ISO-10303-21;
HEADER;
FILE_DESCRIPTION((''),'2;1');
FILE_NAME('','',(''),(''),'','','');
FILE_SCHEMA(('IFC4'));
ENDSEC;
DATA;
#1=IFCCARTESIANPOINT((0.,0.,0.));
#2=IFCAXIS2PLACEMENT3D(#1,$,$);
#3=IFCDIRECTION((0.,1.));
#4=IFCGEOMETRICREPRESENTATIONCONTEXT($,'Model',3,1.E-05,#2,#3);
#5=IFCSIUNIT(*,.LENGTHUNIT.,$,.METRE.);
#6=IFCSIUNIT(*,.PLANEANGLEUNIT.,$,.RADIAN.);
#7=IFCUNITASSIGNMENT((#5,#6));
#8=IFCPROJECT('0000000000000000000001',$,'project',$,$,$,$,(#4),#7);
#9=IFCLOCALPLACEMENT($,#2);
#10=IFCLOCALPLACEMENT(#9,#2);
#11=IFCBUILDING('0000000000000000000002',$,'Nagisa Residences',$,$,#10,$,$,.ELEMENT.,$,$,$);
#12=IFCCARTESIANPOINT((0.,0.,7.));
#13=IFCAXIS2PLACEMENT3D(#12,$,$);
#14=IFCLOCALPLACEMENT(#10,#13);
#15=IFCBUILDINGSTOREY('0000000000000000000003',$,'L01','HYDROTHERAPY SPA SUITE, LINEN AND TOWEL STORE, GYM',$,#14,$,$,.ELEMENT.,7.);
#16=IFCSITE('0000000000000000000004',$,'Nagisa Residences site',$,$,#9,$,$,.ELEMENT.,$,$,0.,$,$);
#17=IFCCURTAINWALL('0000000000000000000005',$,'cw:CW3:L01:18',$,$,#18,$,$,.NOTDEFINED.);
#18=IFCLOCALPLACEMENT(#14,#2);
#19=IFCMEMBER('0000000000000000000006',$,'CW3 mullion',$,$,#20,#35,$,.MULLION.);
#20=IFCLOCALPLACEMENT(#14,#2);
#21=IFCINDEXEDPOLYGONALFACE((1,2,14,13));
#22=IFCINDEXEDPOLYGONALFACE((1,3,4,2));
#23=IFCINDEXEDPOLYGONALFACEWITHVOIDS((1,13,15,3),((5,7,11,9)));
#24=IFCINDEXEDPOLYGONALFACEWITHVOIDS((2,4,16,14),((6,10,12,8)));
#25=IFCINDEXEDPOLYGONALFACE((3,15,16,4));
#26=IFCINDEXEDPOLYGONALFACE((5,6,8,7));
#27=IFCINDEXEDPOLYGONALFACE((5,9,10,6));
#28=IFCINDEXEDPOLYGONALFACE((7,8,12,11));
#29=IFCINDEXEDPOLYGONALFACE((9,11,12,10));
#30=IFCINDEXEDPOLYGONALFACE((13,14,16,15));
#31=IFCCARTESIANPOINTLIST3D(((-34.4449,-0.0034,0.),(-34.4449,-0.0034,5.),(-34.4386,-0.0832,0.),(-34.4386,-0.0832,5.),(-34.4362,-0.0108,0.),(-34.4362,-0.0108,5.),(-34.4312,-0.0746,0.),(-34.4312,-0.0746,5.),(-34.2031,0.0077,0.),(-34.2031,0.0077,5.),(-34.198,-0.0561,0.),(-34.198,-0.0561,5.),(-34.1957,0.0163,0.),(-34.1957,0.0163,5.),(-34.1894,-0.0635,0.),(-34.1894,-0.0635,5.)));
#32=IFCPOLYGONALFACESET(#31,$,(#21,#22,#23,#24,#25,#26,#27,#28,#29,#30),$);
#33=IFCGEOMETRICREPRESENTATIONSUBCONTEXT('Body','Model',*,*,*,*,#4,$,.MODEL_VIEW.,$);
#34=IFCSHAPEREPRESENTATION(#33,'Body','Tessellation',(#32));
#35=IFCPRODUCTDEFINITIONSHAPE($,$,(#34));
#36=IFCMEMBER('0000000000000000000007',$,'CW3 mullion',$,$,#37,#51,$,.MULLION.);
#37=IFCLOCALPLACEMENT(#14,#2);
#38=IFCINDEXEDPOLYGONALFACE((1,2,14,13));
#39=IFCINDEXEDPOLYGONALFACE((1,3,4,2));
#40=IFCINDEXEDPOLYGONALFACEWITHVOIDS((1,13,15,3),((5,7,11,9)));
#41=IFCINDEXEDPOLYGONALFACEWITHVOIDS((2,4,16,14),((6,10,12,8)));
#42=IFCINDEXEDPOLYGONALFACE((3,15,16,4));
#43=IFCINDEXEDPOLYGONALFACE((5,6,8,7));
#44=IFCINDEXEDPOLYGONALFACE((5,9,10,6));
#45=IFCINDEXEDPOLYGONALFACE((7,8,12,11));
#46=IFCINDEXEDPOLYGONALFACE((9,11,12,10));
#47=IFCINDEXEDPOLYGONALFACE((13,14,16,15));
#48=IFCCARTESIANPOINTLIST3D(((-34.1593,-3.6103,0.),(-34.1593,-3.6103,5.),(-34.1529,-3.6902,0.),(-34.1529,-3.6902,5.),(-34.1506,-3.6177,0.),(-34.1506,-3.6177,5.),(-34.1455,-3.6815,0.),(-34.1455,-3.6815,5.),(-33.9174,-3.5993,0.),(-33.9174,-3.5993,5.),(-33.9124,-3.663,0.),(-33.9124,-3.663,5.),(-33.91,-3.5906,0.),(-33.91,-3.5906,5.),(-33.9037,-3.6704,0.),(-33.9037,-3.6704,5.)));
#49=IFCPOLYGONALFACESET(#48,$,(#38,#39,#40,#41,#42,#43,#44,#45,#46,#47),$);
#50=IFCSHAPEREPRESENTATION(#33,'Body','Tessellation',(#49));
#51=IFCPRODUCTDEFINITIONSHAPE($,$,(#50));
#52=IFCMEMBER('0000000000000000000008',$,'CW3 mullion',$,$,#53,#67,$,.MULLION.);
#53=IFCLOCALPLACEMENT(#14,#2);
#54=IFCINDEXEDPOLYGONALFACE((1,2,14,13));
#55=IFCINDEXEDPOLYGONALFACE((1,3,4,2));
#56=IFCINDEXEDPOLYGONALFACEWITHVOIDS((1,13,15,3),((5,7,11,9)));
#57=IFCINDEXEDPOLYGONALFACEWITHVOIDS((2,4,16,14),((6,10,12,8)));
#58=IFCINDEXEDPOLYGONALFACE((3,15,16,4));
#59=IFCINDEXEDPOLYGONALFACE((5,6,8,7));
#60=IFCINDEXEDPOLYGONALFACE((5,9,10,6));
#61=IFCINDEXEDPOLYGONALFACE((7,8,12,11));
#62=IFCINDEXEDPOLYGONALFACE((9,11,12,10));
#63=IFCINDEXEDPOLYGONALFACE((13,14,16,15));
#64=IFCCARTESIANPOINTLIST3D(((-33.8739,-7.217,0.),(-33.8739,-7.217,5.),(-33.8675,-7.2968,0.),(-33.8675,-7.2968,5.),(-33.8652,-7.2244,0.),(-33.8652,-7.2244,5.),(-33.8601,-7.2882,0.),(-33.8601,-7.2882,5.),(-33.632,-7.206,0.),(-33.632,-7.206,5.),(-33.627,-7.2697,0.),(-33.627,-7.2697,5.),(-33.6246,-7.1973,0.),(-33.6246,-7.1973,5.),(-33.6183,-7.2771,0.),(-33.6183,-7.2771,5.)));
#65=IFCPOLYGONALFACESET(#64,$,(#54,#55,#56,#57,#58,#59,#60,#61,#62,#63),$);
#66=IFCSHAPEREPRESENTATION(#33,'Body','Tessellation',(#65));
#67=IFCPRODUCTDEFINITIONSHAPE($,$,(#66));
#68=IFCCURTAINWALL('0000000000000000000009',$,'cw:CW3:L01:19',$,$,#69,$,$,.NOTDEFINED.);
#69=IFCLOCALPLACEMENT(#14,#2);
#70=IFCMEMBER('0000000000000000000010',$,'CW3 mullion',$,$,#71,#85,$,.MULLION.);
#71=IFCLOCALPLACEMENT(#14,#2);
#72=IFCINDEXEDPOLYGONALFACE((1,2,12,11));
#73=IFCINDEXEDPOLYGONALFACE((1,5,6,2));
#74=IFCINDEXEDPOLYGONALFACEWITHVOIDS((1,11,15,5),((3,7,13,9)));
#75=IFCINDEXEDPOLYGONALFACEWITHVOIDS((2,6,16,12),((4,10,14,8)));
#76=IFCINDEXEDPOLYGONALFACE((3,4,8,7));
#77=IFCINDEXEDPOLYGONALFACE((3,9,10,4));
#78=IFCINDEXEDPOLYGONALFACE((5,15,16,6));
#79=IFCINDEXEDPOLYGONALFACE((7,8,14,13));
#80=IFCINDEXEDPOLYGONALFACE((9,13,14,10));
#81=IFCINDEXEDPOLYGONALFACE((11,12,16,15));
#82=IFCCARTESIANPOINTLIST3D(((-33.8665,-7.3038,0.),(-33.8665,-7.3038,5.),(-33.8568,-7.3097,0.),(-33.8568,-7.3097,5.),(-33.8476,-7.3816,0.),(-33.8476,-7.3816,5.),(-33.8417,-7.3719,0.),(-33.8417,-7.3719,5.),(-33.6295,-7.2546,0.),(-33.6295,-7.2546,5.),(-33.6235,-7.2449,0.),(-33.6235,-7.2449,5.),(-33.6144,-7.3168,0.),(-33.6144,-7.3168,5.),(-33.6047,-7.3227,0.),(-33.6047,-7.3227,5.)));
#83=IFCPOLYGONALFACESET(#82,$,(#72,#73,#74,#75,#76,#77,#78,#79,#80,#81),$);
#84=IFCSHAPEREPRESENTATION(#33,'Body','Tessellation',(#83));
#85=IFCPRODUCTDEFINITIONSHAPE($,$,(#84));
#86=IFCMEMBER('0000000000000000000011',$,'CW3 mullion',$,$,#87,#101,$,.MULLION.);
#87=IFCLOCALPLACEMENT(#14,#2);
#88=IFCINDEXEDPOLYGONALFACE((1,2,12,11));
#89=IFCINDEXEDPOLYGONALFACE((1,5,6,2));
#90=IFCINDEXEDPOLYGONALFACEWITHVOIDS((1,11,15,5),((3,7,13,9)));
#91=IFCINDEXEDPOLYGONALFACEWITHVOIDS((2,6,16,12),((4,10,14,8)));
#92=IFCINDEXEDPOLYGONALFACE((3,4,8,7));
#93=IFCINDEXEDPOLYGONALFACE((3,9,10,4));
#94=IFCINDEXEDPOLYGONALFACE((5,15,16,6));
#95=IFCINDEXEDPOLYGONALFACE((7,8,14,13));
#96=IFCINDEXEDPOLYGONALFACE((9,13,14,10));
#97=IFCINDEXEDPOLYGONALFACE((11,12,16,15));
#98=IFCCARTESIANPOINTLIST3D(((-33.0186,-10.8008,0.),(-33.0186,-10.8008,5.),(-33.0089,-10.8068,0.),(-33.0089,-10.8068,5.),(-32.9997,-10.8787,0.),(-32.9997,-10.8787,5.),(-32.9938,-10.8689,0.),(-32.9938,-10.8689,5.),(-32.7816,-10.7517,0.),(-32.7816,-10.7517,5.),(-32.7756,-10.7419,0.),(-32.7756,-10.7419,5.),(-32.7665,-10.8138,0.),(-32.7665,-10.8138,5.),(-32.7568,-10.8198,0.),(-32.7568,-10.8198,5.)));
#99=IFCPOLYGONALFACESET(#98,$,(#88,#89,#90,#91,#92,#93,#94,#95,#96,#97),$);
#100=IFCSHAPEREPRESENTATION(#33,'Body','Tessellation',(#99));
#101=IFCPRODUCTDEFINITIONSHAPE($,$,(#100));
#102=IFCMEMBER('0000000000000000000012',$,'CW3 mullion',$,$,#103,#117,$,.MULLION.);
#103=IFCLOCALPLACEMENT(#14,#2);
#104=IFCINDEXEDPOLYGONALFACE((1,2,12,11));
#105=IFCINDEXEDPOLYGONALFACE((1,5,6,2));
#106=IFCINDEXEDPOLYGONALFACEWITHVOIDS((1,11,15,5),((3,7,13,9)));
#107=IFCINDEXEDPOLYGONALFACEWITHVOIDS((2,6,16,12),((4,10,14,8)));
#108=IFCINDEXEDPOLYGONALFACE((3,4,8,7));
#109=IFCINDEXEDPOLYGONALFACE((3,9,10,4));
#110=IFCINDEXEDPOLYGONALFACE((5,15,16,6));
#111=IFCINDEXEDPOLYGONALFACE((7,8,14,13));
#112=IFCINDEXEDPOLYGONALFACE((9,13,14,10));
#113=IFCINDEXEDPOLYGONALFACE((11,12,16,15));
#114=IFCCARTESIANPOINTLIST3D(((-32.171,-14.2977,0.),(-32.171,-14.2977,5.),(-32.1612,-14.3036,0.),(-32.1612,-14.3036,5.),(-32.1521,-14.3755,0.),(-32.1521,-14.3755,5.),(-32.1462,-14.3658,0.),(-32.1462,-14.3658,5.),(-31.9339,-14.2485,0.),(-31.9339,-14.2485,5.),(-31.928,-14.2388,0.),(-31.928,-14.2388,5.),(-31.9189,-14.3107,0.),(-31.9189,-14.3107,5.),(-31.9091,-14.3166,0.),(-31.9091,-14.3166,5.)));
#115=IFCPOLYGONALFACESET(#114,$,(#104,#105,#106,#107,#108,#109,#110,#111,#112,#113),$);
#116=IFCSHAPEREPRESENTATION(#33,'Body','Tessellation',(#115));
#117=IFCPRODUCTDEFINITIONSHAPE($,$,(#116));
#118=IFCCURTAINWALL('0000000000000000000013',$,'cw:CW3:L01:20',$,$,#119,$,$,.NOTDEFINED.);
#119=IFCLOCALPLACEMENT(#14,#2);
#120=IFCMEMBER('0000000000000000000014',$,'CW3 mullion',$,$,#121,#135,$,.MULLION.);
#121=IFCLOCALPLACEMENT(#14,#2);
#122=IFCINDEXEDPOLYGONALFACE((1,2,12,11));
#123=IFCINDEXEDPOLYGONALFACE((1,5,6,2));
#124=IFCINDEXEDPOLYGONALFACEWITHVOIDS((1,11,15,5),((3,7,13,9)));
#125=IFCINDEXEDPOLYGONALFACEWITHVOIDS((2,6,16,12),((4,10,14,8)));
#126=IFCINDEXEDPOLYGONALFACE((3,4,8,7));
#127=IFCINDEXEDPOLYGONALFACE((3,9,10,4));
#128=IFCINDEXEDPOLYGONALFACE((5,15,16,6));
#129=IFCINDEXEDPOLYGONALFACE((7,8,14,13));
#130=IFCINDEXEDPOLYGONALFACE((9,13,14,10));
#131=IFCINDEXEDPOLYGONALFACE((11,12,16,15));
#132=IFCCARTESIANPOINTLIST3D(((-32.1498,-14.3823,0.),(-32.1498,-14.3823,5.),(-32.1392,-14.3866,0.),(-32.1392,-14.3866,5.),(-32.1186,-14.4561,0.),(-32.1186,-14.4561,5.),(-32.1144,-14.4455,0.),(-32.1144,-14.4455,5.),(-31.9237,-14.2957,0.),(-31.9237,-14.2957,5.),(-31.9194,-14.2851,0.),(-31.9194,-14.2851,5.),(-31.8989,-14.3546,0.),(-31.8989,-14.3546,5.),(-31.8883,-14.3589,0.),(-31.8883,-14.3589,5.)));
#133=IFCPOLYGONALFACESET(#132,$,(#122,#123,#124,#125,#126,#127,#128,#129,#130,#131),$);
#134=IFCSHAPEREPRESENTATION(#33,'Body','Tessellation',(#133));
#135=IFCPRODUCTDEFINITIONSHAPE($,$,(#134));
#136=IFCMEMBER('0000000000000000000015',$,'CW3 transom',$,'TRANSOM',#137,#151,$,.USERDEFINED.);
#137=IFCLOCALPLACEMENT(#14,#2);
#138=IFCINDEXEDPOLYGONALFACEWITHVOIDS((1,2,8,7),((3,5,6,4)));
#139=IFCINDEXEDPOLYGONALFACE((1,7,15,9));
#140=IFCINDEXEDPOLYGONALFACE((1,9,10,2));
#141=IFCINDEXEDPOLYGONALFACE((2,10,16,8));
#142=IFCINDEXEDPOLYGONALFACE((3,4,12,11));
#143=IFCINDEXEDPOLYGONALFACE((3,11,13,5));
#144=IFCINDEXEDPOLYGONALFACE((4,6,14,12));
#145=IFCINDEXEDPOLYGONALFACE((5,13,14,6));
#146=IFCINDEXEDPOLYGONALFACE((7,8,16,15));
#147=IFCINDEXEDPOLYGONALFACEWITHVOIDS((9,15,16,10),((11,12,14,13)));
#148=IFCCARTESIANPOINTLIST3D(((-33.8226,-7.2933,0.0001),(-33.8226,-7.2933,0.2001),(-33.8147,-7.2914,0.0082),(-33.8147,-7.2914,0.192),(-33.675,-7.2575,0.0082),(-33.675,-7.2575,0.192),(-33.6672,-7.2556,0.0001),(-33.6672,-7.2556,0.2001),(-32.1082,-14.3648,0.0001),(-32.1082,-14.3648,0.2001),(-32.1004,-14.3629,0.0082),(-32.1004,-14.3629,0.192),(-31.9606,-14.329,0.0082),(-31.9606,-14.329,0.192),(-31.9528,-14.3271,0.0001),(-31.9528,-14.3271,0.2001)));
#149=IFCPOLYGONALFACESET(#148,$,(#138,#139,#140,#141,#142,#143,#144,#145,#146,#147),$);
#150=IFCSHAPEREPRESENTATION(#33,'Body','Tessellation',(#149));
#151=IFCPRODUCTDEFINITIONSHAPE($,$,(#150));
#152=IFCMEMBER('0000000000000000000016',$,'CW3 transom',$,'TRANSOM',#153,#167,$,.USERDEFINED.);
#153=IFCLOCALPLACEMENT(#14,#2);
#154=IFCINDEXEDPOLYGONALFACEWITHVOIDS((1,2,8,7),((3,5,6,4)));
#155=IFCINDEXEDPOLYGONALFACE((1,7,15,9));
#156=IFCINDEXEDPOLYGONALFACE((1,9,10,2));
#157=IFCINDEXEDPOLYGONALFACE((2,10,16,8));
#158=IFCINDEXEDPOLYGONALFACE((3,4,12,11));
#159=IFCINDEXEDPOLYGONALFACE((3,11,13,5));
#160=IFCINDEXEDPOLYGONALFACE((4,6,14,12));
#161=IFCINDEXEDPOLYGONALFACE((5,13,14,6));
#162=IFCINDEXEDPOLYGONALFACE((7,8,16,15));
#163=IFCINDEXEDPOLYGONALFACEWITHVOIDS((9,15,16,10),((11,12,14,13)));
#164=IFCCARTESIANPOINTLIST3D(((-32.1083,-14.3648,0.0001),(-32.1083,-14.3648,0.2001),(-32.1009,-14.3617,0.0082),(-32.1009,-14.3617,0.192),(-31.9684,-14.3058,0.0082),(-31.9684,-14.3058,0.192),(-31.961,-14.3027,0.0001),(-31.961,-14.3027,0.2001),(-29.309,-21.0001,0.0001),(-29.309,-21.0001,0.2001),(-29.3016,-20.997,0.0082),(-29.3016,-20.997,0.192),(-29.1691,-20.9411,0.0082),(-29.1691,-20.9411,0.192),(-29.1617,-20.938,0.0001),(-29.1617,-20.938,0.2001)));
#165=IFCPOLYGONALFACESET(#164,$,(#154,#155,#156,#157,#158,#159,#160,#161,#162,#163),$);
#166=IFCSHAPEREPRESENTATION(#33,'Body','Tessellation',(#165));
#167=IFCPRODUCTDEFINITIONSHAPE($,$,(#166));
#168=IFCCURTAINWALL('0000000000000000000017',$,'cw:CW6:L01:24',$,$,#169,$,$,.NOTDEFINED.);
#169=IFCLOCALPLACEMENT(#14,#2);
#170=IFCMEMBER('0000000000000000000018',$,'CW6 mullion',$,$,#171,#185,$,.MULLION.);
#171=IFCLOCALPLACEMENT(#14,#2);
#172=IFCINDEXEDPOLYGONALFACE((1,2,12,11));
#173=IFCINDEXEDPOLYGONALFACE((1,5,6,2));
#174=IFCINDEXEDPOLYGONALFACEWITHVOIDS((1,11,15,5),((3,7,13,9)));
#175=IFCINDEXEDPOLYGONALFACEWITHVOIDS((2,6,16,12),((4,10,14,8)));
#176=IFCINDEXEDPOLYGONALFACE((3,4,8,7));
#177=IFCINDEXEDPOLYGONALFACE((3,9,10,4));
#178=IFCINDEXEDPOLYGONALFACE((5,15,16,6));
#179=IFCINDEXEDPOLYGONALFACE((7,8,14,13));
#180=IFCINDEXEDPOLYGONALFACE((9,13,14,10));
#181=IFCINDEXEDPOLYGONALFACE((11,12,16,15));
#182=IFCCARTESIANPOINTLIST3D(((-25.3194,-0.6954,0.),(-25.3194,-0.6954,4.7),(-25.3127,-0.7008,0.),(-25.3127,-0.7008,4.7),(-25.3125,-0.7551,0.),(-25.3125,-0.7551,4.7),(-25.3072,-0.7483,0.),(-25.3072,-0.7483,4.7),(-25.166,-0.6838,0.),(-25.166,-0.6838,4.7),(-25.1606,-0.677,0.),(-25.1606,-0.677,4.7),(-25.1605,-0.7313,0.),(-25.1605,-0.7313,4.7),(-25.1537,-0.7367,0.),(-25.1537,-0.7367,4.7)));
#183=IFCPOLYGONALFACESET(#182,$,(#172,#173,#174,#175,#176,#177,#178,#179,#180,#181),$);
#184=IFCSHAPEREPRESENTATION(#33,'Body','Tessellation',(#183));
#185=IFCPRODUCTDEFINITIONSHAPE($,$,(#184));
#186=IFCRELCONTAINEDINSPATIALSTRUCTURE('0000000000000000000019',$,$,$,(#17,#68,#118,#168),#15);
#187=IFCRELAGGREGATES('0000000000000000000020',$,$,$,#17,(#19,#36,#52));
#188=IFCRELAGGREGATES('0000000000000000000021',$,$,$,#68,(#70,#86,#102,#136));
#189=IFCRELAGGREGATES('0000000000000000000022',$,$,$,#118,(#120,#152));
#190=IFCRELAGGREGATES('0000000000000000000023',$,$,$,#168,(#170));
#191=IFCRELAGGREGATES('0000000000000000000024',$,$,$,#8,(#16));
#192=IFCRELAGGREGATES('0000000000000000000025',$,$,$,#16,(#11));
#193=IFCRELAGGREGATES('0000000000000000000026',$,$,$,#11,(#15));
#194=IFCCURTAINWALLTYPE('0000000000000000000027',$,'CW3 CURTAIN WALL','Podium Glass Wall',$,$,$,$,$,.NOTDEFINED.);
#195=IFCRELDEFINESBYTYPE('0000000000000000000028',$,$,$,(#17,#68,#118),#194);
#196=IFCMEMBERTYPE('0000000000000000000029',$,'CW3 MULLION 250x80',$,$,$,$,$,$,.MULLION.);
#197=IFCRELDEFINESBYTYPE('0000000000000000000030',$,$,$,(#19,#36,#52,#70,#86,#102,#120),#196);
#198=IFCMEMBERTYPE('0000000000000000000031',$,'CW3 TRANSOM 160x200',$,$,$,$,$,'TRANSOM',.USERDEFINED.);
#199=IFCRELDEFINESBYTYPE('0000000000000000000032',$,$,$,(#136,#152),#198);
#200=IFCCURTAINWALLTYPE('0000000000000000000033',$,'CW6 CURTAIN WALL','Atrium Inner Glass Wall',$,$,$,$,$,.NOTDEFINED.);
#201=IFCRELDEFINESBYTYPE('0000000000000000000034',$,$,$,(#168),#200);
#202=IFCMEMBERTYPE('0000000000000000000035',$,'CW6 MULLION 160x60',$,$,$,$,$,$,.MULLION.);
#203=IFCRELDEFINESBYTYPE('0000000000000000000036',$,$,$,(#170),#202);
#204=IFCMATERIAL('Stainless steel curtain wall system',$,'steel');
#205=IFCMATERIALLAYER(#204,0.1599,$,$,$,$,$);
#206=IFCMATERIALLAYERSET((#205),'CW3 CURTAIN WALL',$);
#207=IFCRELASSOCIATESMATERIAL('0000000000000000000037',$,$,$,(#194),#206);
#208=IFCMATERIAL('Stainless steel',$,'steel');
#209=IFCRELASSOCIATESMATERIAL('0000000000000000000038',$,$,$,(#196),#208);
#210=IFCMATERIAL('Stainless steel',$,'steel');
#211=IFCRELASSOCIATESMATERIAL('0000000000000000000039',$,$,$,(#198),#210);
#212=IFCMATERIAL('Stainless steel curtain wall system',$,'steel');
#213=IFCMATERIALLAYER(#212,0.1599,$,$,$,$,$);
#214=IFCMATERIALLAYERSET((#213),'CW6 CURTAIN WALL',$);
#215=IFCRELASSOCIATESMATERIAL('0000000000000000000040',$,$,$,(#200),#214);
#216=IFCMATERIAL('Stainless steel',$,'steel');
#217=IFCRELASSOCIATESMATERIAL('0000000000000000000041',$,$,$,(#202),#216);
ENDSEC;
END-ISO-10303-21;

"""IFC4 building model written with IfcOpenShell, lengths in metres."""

from ifc_helpers import new_model, si_unit, direction, frame, origin, origin_2d, place, context, subcontext, project, spatial, hollow_rectangle, extrude, material, layer, layer_set, material_profile, profile_set, type_object, element, aggregate, save


model = new_model("IFC4")

# Units and contexts
model_context = context("Model", 3, precision=1e-05, world=origin(), true_north=direction((0.0, 1.0)))
body_context = subcontext(model_context, "Body", "Model", "MODEL_VIEW")
ifc_project = project(units=[si_unit("LENGTHUNIT", "METRE"), si_unit("PLANEANGLEUNIT", "RADIAN")], contexts=[model_context])

# Site, building, storey
site_placement = place(None, origin())
site = spatial("IfcSite", under=ifc_project, at=site_placement, Name="Nagisa Residences site", CompositionType="ELEMENT", RefElevation=0.0)
building_placement = place(site_placement, origin())
building = spatial("IfcBuilding", under=site, at=building_placement, Name="Nagisa Residences", CompositionType="ELEMENT")
storey_placement = place(building_placement, frame((0.0, 0.0, 7.0)))
storey = spatial("IfcBuildingStorey", under=building, at=storey_placement, Name="L01", Description="HYDROTHERAPY SPA SUITE, LINEN AND TOWEL STORE, GYM", CompositionType="ELEMENT", Elevation=7.0)

# Curtain walls, members
ifc_material_1 = material(Name="Stainless steel curtain wall system", Category="steel")
ifc_layer_1 = layer(ifc_material_1, 0.1599)
ifc_layer_set_1 = layer_set([ifc_layer_1], Name="CW3 CURTAIN WALL")
curtain_wall_type_1 = type_object("IfcCurtainWallType", Name="CW3 CURTAIN WALL", Description="Podium Glass Wall", PredefinedType="NOTDEFINED", material=ifc_layer_set_1)
curtain_wall_1_placement = place(storey_placement, origin())
curtain_wall_1 = element("IfcCurtainWall", 1, at=curtain_wall_1_placement, inside=storey, type_object=curtain_wall_type_1, Name="cw:CW3:L01:18", PredefinedType="NOTDEFINED")
ifc_material_2 = material(Name="Stainless steel", Category="steel")
ifc_material_profile_1 = material_profile(ifc_material_2, hollow_rectangle(XDim=0.25, YDim=0.0801, WallThickness=0.0081, at=origin_2d()), Name="CW3 MULLION 250x80")
ifc_profile_set_1 = profile_set([ifc_material_profile_1], Name="Stainless steel")
member_type_1 = type_object("IfcMemberType", Name="CW3 MULLION 250x80", PredefinedType="MULLION", material=ifc_profile_set_1)
member_1_placement = place(storey_placement, frame((-34.3171, -0.0334, 0.0), z_axis=(0.0, 0.0, 1.0), x_axis=(0.996882, 0.07891, 0.0)))
member_1 = element("IfcMember", 2, at=member_1_placement, type_object=member_type_1, Name="CW3 mullion", PredefinedType="MULLION", context=body_context, shape_type="SweptSolid", body=[
    extrude(hollow_rectangle(XDim=0.25, YDim=0.0801, WallThickness=0.0081, at=origin_2d()), origin(), (0.0, 0.0, 1.0), 5.0),
])
member_2_placement = place(storey_placement, frame((-34.0315, -3.6404, 0.0), z_axis=(0.0, 0.0, 1.0), x_axis=(0.996882, 0.07891, 0.0)))
member_2 = element("IfcMember", 3, at=member_2_placement, type_object=member_type_1, Name="CW3 mullion", PredefinedType="MULLION", context=body_context, shape_type="SweptSolid", body=[
    extrude(hollow_rectangle(XDim=0.25, YDim=0.0801, WallThickness=0.0081, at=origin_2d()), origin(), (0.0, 0.0, 1.0), 5.0),
])
member_3_placement = place(storey_placement, frame((-33.7461, -7.2471, 0.0), z_axis=(0.0, 0.0, 1.0), x_axis=(0.996882, 0.07891, 0.0)))
member_3 = element("IfcMember", 4, at=member_3_placement, type_object=member_type_1, Name="CW3 mullion", PredefinedType="MULLION", context=body_context, shape_type="SweptSolid", body=[
    extrude(hollow_rectangle(XDim=0.25, YDim=0.0801, WallThickness=0.0081, at=origin_2d()), origin(), (0.0, 0.0, 1.0), 5.0),
])
curtain_wall_2_placement = place(storey_placement, origin())
curtain_wall_2 = element("IfcCurtainWall", 5, at=curtain_wall_2_placement, inside=storey, type_object=curtain_wall_type_1, Name="cw:CW3:L01:19", PredefinedType="NOTDEFINED")
member_4_placement = place(storey_placement, frame((-33.7356, -7.3132, 0.0), z_axis=(0.0, 0.0, 1.0), x_axis=(0.971849, 0.235606, 0.0)))
member_4 = element("IfcMember", 6, at=member_4_placement, type_object=member_type_1, Name="CW3 mullion", PredefinedType="MULLION", context=body_context, shape_type="SweptSolid", body=[
    extrude(hollow_rectangle(XDim=0.25, YDim=0.0801, WallThickness=0.0081, at=origin_2d()), origin(), (0.0, 0.0, 1.0), 5.0),
])
member_5_placement = place(storey_placement, frame((-32.8877, -10.8103, 0.0), z_axis=(0.0, 0.0, 1.0), x_axis=(0.971849, 0.235606, 0.0)))
member_5 = element("IfcMember", 7, at=member_5_placement, type_object=member_type_1, Name="CW3 mullion", PredefinedType="MULLION", context=body_context, shape_type="SweptSolid", body=[
    extrude(hollow_rectangle(XDim=0.25, YDim=0.0801, WallThickness=0.0081, at=origin_2d()), origin(), (0.0, 0.0, 1.0), 5.0),
])
member_6_placement = place(storey_placement, frame((-32.04, -14.3071, 0.0), z_axis=(0.0, 0.0, 1.0), x_axis=(0.971849, 0.235606, 0.0)))
member_6 = element("IfcMember", 8, at=member_6_placement, type_object=member_type_1, Name="CW3 mullion", PredefinedType="MULLION", context=body_context, shape_type="SweptSolid", body=[
    extrude(hollow_rectangle(XDim=0.25, YDim=0.0801, WallThickness=0.0081, at=origin_2d()), origin(), (0.0, 0.0, 1.0), 5.0),
])

# Curtain wall, member
curtain_wall_3_placement = place(storey_placement, origin())
curtain_wall_3 = element("IfcCurtainWall", 9, at=curtain_wall_3_placement, inside=storey, type_object=curtain_wall_type_1, Name="cw:CW3:L01:20", PredefinedType="NOTDEFINED")
member_7_placement = place(storey_placement, frame((-32.019, -14.3706, 0.0), z_axis=(0.0, 0.0, 1.0), x_axis=(0.921357, 0.388718, 0.0)))
member_7 = element("IfcMember", 10, at=member_7_placement, type_object=member_type_1, Name="CW3 mullion", PredefinedType="MULLION", context=body_context, shape_type="SweptSolid", body=[
    extrude(hollow_rectangle(XDim=0.25, YDim=0.0801, WallThickness=0.0081, at=origin_2d()), origin(), (0.0, 0.0, 1.0), 5.0),
])

# Members
ifc_material_3 = material(Name="Stainless steel", Category="steel")
ifc_material_profile_2 = material_profile(ifc_material_3, hollow_rectangle(XDim=0.1599, YDim=0.2, WallThickness=0.0081, at=origin_2d()), Name="CW3 TRANSOM 160x200")
ifc_profile_set_2 = profile_set([ifc_material_profile_2], Name="Stainless steel")
member_type_2 = type_object("IfcMemberType", Name="CW3 TRANSOM 160x200", ElementType="TRANSOM", PredefinedType="USERDEFINED", material=ifc_profile_set_2)
member_8_placement = place(storey_placement, frame((-33.7449, -7.2744, 0.1001), z_axis=(0.235606, -0.971849, 0.0), x_axis=(0.971849, 0.235606, 0.0)))
member_8 = element("IfcMember", 11, at=member_8_placement, type_object=member_type_2, Name="CW3 transom", ObjectType="TRANSOM", PredefinedType="USERDEFINED", context=body_context, shape_type="SweptSolid", body=[
    extrude(hollow_rectangle(XDim=0.1599, YDim=0.2, WallThickness=0.0081, at=origin_2d()), origin(), (0.0, 0.0, 1.0), 7.2764),
])
member_9_placement = place(storey_placement, frame((-32.0347, -14.3337, 0.1001), z_axis=(0.388709, -0.921361, 0.0), x_axis=(0.921361, 0.388709, 0.0)))
member_9 = element("IfcMember", 12, at=member_9_placement, type_object=member_type_2, Name="CW3 transom", ObjectType="TRANSOM", PredefinedType="USERDEFINED", context=body_context, shape_type="SweptSolid", body=[
    extrude(hollow_rectangle(XDim=0.1599, YDim=0.2, WallThickness=0.0081, at=origin_2d()), origin(), (0.0, 0.0, 1.0), 7.2017),
])

# Curtain wall, member
ifc_material_4 = material(Name="Stainless steel curtain wall system", Category="steel")
ifc_layer_2 = layer(ifc_material_4, 0.1599)
ifc_layer_set_2 = layer_set([ifc_layer_2], Name="CW6 CURTAIN WALL")
curtain_wall_type_2 = type_object("IfcCurtainWallType", Name="CW6 CURTAIN WALL", Description="Atrium Inner Glass Wall", PredefinedType="NOTDEFINED", material=ifc_layer_set_2)
curtain_wall_4_placement = place(storey_placement, origin())
curtain_wall_4 = element("IfcCurtainWall", 13, at=curtain_wall_4_placement, inside=storey, type_object=curtain_wall_type_2, Name="cw:CW6:L01:24", PredefinedType="NOTDEFINED")
ifc_material_5 = material(Name="Stainless steel", Category="steel")
ifc_material_profile_3 = material_profile(ifc_material_5, hollow_rectangle(XDim=0.1599, YDim=0.0601, WallThickness=0.0061, at=origin_2d()), Name="CW6 MULLION 160x60")
ifc_profile_set_3 = profile_set([ifc_material_profile_3], Name="Stainless steel")
member_type_3 = type_object("IfcMemberType", Name="CW6 MULLION 160x60", PredefinedType="MULLION", material=ifc_profile_set_3)
member_10_placement = place(storey_placement, frame((-25.2366, -0.7161, 0.0), z_axis=(0.0, 0.0, 1.0), x_axis=(0.993374, 0.114928, 0.0)))
member_10 = element("IfcMember", 14, at=member_10_placement, type_object=member_type_3, Name="CW6 mullion", PredefinedType="MULLION", context=body_context, shape_type="SweptSolid", body=[
    extrude(hollow_rectangle(XDim=0.1599, YDim=0.0601, WallThickness=0.0061, at=origin_2d()), origin(), (0.0, 0.0, 1.0), 4.7),
])

aggregate(curtain_wall_1, [member_1, member_2, member_3])
aggregate(curtain_wall_2, [member_4, member_5, member_6, member_8])
aggregate(curtain_wall_3, [member_7, member_9])
aggregate(curtain_wall_4, [member_10])

save(model, "model.ifc")
